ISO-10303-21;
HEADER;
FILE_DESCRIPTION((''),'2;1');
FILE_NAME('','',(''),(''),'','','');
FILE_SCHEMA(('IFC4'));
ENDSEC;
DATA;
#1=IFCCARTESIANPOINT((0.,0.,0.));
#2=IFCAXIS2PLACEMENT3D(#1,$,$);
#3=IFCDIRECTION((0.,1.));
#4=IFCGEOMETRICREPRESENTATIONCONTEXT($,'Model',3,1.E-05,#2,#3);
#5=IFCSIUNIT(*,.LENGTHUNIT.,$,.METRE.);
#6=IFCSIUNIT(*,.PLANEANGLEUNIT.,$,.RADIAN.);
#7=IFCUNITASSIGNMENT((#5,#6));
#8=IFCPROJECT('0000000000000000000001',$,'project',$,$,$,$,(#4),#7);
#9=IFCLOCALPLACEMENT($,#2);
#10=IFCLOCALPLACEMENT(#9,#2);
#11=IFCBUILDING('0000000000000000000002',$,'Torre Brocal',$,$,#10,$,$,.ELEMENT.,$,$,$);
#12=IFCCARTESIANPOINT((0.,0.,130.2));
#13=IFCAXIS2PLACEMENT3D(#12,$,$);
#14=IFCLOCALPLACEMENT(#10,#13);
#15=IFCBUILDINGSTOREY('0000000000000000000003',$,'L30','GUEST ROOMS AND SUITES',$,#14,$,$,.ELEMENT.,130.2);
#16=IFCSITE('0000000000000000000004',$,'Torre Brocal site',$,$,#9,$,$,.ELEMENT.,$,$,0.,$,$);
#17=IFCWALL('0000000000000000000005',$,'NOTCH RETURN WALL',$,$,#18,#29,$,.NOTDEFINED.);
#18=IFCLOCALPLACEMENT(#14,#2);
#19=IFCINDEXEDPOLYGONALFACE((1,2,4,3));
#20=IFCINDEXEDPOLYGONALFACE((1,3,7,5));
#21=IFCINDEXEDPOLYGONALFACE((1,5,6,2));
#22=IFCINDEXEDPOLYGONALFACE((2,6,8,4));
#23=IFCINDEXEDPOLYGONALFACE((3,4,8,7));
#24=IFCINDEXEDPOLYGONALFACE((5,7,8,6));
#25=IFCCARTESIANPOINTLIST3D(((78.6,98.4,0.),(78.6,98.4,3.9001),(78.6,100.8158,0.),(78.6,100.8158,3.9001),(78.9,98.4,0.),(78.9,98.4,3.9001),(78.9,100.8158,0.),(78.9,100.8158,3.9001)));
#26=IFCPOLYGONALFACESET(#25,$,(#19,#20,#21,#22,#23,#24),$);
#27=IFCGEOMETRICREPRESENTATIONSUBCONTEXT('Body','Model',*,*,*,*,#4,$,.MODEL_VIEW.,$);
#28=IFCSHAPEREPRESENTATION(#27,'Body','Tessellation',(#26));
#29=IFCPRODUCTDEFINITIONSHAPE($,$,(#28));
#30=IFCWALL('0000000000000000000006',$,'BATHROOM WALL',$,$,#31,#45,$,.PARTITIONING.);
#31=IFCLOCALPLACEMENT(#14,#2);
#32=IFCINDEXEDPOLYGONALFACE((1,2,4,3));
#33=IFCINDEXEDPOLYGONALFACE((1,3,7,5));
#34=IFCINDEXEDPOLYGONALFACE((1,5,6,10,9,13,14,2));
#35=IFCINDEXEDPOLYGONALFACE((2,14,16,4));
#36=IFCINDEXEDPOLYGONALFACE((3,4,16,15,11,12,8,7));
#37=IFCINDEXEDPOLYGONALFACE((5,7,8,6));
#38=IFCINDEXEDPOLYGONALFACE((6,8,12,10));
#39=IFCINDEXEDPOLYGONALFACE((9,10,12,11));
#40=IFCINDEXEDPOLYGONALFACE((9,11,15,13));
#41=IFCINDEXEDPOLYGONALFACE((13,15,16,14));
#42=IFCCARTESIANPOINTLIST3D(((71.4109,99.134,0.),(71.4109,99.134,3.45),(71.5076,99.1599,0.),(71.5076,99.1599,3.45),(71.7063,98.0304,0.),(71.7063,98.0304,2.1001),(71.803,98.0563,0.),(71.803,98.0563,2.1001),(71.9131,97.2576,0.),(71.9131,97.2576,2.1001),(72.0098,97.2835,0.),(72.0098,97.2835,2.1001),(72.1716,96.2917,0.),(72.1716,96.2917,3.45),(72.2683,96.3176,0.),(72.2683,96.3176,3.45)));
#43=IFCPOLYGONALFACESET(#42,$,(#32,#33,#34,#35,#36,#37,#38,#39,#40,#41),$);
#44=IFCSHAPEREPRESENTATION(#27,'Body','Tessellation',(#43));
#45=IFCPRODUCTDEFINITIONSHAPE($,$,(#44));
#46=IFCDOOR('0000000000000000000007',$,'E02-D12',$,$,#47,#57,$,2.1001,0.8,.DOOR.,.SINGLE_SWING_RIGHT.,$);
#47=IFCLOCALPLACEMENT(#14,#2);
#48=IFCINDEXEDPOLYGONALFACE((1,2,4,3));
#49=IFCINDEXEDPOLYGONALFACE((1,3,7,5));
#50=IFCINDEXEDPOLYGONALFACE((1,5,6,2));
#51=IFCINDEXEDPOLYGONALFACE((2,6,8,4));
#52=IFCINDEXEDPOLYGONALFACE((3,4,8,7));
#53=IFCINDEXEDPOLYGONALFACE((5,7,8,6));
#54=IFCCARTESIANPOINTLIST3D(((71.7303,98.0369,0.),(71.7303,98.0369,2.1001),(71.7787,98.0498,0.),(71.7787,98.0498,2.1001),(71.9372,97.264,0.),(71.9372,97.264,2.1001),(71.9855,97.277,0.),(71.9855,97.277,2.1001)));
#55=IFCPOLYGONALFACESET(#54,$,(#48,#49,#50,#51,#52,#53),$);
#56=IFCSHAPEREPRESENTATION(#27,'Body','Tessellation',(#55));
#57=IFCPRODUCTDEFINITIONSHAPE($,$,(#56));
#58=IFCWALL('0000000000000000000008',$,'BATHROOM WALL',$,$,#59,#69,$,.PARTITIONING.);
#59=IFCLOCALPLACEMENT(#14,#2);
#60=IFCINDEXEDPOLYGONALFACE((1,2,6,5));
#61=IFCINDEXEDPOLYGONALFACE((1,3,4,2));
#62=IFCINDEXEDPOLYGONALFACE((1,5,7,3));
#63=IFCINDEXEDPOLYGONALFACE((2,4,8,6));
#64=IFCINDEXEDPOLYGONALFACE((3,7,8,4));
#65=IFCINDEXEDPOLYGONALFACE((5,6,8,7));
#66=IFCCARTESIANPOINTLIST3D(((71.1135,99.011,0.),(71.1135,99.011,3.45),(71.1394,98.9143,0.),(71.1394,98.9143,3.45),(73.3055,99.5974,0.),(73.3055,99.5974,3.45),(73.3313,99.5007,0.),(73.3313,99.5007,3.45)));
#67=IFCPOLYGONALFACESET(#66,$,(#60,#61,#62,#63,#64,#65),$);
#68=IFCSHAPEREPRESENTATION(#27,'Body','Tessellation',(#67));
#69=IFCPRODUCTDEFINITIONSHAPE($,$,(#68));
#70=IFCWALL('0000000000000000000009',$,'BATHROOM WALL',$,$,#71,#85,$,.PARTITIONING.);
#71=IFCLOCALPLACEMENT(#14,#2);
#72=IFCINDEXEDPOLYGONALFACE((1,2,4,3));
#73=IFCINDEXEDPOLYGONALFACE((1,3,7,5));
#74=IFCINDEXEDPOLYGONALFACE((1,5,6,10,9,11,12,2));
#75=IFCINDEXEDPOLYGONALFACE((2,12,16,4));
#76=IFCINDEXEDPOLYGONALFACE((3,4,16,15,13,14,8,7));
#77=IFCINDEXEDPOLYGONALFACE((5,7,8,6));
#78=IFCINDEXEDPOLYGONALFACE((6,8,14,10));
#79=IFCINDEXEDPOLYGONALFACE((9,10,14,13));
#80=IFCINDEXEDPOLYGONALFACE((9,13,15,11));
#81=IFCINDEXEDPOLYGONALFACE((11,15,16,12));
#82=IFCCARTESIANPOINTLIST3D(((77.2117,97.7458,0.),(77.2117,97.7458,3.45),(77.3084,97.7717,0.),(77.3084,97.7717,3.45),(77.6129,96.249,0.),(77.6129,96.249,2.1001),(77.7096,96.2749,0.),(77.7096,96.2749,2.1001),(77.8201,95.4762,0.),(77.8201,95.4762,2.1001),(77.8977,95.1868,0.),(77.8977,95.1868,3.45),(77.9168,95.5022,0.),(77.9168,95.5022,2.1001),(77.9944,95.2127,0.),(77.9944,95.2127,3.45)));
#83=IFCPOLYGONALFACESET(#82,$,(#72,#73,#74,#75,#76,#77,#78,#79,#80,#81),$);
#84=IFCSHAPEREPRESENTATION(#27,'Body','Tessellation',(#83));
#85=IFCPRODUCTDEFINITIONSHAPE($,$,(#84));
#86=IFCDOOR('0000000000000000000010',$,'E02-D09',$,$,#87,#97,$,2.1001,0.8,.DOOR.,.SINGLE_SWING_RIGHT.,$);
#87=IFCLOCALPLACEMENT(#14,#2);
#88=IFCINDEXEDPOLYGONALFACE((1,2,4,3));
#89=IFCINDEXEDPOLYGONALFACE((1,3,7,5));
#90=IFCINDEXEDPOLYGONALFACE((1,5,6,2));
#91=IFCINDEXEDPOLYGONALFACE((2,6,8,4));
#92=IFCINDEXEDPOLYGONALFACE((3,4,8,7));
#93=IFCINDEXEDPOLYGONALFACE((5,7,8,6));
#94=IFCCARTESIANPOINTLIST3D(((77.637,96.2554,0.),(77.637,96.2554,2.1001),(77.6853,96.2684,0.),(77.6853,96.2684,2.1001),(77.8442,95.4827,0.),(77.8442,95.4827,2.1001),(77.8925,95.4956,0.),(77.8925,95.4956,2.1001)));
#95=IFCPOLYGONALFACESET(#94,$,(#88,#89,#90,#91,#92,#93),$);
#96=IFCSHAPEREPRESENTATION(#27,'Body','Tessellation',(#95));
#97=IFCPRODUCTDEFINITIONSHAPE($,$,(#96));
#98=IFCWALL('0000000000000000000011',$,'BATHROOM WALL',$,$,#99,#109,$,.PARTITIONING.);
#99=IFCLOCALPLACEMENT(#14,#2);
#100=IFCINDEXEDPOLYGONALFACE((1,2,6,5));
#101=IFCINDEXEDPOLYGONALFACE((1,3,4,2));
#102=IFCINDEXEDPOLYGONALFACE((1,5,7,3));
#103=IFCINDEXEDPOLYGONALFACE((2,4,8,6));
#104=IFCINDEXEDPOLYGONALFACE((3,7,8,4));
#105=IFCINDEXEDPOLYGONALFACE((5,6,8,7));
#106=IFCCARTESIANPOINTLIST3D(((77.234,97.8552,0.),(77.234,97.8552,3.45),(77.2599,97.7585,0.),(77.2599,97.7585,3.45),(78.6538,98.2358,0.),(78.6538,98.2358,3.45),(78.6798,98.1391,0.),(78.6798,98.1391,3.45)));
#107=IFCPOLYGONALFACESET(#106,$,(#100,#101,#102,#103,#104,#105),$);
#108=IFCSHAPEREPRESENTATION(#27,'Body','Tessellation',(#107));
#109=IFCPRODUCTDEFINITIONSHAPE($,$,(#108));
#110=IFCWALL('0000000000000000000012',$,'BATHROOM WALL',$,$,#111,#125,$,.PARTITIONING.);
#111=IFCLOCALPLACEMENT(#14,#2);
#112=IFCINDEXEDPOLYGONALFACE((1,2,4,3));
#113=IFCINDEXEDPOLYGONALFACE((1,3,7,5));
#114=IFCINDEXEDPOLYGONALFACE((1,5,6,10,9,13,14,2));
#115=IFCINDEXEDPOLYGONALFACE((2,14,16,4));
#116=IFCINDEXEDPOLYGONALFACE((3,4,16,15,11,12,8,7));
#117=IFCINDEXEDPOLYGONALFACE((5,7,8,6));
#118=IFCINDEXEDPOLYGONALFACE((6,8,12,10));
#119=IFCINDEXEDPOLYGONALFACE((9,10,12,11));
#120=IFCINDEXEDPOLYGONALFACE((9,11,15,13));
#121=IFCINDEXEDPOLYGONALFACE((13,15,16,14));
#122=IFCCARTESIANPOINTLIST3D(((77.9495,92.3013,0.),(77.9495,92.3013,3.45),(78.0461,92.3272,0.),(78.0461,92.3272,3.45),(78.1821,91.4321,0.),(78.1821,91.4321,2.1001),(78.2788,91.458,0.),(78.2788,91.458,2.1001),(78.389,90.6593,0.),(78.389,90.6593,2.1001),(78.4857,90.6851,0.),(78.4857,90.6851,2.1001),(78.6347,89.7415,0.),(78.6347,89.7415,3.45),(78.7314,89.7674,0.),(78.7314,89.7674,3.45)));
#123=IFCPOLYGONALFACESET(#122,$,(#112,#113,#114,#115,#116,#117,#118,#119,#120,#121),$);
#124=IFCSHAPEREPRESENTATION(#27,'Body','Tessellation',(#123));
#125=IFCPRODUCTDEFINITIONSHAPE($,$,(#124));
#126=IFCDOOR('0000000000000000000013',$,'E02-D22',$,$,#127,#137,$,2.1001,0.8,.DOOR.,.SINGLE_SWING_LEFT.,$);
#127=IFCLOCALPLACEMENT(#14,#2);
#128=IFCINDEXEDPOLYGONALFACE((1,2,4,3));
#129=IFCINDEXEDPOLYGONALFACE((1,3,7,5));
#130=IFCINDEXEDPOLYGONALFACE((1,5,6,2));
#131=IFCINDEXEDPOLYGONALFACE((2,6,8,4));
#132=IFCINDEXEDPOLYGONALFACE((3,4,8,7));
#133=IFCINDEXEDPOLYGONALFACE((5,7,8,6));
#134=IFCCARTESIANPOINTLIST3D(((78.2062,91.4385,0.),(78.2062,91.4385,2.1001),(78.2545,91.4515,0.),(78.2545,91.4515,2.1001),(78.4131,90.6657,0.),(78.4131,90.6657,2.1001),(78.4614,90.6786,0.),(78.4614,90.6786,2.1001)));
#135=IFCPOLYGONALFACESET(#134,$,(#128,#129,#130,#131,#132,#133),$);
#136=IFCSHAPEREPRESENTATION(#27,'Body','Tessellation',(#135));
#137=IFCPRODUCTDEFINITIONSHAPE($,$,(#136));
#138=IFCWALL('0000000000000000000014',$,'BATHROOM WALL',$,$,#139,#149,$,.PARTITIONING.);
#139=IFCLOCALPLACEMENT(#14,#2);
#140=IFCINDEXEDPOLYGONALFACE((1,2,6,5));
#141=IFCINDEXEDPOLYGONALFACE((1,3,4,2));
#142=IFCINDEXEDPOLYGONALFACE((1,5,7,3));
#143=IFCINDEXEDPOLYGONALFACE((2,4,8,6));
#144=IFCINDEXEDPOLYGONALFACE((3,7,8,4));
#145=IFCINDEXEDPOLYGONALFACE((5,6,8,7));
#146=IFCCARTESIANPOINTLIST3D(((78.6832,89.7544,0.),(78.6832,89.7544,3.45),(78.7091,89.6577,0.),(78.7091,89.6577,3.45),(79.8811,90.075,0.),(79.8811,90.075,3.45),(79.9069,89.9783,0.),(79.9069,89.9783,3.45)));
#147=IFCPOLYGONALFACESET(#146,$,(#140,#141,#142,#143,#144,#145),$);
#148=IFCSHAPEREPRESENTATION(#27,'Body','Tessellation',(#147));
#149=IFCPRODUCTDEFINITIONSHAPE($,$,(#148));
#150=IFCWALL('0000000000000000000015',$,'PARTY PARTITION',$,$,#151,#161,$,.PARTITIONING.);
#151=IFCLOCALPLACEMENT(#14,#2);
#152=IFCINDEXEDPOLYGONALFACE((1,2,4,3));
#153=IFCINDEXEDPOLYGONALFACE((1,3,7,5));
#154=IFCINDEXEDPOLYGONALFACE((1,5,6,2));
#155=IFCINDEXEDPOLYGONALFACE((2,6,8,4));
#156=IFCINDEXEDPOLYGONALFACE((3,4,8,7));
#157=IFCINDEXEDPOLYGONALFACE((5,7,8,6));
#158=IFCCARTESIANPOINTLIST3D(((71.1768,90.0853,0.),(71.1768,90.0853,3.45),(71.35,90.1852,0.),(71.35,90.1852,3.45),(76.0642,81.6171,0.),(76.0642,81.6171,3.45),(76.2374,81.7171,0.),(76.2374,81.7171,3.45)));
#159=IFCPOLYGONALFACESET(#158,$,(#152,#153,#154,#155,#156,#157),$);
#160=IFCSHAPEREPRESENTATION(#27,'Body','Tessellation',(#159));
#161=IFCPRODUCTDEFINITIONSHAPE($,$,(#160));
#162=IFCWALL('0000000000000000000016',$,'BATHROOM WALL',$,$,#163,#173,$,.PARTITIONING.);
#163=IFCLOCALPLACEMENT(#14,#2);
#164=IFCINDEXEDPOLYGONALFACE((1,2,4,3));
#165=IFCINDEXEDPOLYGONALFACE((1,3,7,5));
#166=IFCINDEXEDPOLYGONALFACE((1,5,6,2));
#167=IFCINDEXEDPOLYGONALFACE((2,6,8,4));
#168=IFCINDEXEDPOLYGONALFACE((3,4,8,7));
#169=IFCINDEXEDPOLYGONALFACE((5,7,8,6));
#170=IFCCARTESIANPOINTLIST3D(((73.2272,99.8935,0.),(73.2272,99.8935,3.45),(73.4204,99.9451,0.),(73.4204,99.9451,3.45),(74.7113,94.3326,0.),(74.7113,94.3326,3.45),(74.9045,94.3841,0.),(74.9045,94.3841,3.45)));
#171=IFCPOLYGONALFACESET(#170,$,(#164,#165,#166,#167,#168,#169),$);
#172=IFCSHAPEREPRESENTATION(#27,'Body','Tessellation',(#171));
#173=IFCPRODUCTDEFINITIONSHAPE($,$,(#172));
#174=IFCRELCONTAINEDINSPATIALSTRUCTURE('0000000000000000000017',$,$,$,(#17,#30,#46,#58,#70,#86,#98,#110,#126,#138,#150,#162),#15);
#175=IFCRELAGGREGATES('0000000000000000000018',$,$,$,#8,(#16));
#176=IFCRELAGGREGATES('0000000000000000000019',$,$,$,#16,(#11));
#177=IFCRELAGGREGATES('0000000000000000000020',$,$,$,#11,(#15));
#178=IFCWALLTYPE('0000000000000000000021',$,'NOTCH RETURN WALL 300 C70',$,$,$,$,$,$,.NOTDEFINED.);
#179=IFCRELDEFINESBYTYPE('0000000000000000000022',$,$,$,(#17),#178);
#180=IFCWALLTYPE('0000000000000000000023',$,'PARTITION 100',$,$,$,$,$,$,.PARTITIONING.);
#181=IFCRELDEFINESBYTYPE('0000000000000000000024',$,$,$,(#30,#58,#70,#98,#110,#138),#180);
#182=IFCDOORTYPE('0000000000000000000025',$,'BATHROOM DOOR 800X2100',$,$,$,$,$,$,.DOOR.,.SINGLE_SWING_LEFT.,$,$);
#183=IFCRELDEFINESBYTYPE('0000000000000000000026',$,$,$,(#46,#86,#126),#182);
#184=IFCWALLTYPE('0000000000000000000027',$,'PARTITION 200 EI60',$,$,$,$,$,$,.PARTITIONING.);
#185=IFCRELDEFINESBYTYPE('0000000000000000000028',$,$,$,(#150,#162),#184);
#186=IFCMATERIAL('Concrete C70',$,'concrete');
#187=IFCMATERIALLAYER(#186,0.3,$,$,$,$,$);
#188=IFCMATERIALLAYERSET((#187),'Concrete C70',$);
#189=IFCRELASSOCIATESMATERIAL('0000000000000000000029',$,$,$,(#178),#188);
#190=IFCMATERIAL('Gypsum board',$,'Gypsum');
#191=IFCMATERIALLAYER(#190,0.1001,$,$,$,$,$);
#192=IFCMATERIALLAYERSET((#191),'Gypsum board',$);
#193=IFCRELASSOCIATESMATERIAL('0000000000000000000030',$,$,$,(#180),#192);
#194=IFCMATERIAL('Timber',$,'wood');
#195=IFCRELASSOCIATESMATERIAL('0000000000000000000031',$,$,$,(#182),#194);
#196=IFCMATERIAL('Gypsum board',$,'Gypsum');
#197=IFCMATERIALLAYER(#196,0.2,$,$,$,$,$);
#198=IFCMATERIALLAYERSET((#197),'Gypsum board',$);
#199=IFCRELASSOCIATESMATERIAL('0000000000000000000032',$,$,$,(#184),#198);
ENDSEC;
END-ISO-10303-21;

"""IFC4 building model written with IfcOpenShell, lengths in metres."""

from ifc_helpers import new_model, si_unit, direction, frame, frame_2d, origin, place, context, subcontext, project, spatial, rectangle, extrude, material, layer, layer_set, type_object, element, fill, save


model = new_model("IFC4")

# Units and contexts
model_context = context("Model", 3, precision=1e-05, world=origin(), true_north=direction((0.0, 1.0)))
body_context = subcontext(model_context, "Body", "Model", "MODEL_VIEW")
ifc_project = project(units=[si_unit("LENGTHUNIT", "METRE"), si_unit("PLANEANGLEUNIT", "RADIAN")], contexts=[model_context])

# Site, building, storey
site_placement = place(None, origin())
site = spatial("IfcSite", under=ifc_project, at=site_placement, Name="Torre Brocal site", CompositionType="ELEMENT", RefElevation=0.0)
building_placement = place(site_placement, origin())
building = spatial("IfcBuilding", under=site, at=building_placement, Name="Torre Brocal", CompositionType="ELEMENT")
storey_placement = place(building_placement, frame((0.0, 0.0, 130.2)))
storey = spatial("IfcBuildingStorey", under=building, at=storey_placement, Name="L30", Description="GUEST ROOMS AND SUITES", CompositionType="ELEMENT", Elevation=130.2)

# Wall
ifc_material_1 = material(Name="Concrete C70", Category="concrete")
ifc_layer_1 = layer(ifc_material_1, 0.3)
ifc_layer_set_1 = layer_set([ifc_layer_1], Name="Concrete C70")
wall_type_1 = type_object("IfcWallType", Name="NOTCH RETURN WALL 300 C70", PredefinedType="NOTDEFINED", material=ifc_layer_set_1)
wall_1_placement = place(storey_placement, frame((78.75, 98.3999, 0.0), z_axis=(0.0, 0.0, 1.0), x_axis=(0.0, 1.0, 0.0)))
element("IfcWall", 1, at=wall_1_placement, inside=storey, type_object=wall_type_1, Name="NOTCH RETURN WALL", PredefinedType="NOTDEFINED", context=body_context, shape_type="SweptSolid", body=[
    extrude(rectangle(XDim=2.4158, YDim=0.3, at=frame_2d((1.208, 0.0))), origin(), (0.0, 0.0, 1.0), 3.9001),
])

# Wall, opening, door
ifc_material_2 = material(Name="Gypsum board", Category="Gypsum")
ifc_layer_2 = layer(ifc_material_2, 0.1001)
ifc_layer_set_2 = layer_set([ifc_layer_2], Name="Gypsum board")
wall_type_2 = type_object("IfcWallType", Name="PARTITION 100", PredefinedType="PARTITIONING", material=ifc_layer_set_2)
wall_2_placement = place(storey_placement, frame((71.4592, 99.147, 0.0), z_axis=(0.0, 0.0, 1.0), x_axis=(0.258551, -0.965998, 0.0)))
wall_2 = element("IfcWall", 2, at=wall_2_placement, inside=storey, type_object=wall_type_2, Name="BATHROOM WALL", PredefinedType="PARTITIONING", context=body_context, shape_type="SweptSolid", body=[
    extrude(rectangle(XDim=2.9424, YDim=0.1001, at=frame_2d((1.4712, 0.0))), origin(), (0.0, 0.0, 1.0), 3.45),
])
opening_1_placement = place(wall_2_placement, frame((1.1426, 0.0, 0.0)))
opening_1 = element("IfcOpeningElement", 3, at=opening_1_placement, cuts=wall_2, PredefinedType="OPENING", context=body_context, shape_type="SweptSolid", body=[
    extrude(rectangle(XDim=0.8, YDim=2.1001, at=frame_2d((0.3999, 1.05))), frame((0.0, 0.0601, 0.0), z_axis=(0.0, -1.0, 0.0), x_axis=(1.0, 0.0, 0.0)), (0.0, 0.0, 1.0), 0.1201),
])
ifc_material_3 = material(Name="Timber", Category="wood")
door_type_1 = type_object("IfcDoorType", Name="BATHROOM DOOR 800X2100", OperationType="SINGLE_SWING_LEFT", PredefinedType="DOOR", material=ifc_material_3)
door_1_placement = place(opening_1_placement, origin())
door_1 = element("IfcDoor", 4, at=door_1_placement, inside=storey, type_object=door_type_1, Name="E02-D12", OperationType="SINGLE_SWING_RIGHT", OverallHeight=2.1001, OverallWidth=0.8, PredefinedType="DOOR", context=body_context, shape_type="SweptSolid", body=[
    extrude(rectangle(XDim=0.8, YDim=2.1001, at=frame_2d((0.3999, 1.05))), frame((0.0, 0.0249, 0.0), z_axis=(0.0, -1.0, 0.0), x_axis=(1.0, 0.0, 0.0)), (0.0, 0.0, 1.0), 0.05),
])
fill(opening_1, door_1)

# Wall
wall_3_placement = place(storey_placement, frame((71.1265, 98.9626, 0.0), z_axis=(0.0, 0.0, 1.0), x_axis=(0.966024, 0.258453, 0.0)))
element("IfcWall", 5, at=wall_3_placement, inside=storey, type_object=wall_type_2, Name="BATHROOM WALL", PredefinedType="PARTITIONING", context=body_context, shape_type="SweptSolid", body=[
    extrude(rectangle(XDim=2.269, YDim=0.1001, at=frame_2d((1.1345, 0.0))), origin(), (0.0, 0.0, 1.0), 3.45),
])

# Wall, opening, door
wall_4_placement = place(storey_placement, frame((77.26, 97.7588, 0.0), z_axis=(0.0, 0.0, 1.0), x_axis=(0.258936, -0.965895, 0.0)))
wall_4 = element("IfcWall", 6, at=wall_4_placement, inside=storey, type_object=wall_type_2, Name="BATHROOM WALL", PredefinedType="PARTITIONING", context=body_context, shape_type="SweptSolid", body=[
    extrude(rectangle(XDim=2.6494, YDim=0.1001, at=frame_2d((1.3247, 0.0))), origin(), (0.0, 0.0, 1.0), 3.45),
])
opening_2_placement = place(wall_4_placement, frame((1.5498, 0.0, 0.0)))
opening_2 = element("IfcOpeningElement", 7, at=opening_2_placement, cuts=wall_4, PredefinedType="OPENING", context=body_context, shape_type="SweptSolid", body=[
    extrude(rectangle(XDim=0.8, YDim=2.1001, at=frame_2d((0.3999, 1.05))), frame((0.0, 0.0601, 0.0), z_axis=(0.0, -1.0, 0.0), x_axis=(1.0, 0.0, 0.0)), (0.0, 0.0, 1.0), 0.1201),
])
door_2_placement = place(opening_2_placement, origin())
door_2 = element("IfcDoor", 8, at=door_2_placement, inside=storey, type_object=door_type_1, Name="E02-D09", OperationType="SINGLE_SWING_RIGHT", OverallHeight=2.1001, OverallWidth=0.8, PredefinedType="DOOR", context=body_context, shape_type="SweptSolid", body=[
    extrude(rectangle(XDim=0.8, YDim=2.1001, at=frame_2d((0.3999, 1.05))), frame((0.0, 0.0249, 0.0), z_axis=(0.0, -1.0, 0.0), x_axis=(1.0, 0.0, 0.0)), (0.0, 0.0, 1.0), 0.05),
])
fill(opening_2, door_2)

# Wall
wall_5_placement = place(storey_placement, frame((77.2471, 97.8069, 0.0), z_axis=(0.0, 0.0, 1.0), x_axis=(0.965901, 0.258913, 0.0)))
element("IfcWall", 9, at=wall_5_placement, inside=storey, type_object=wall_type_2, Name="BATHROOM WALL", PredefinedType="PARTITIONING", context=body_context, shape_type="SweptSolid", body=[
    extrude(rectangle(XDim=1.47, YDim=0.1001, at=frame_2d((0.7349, 0.0))), origin(), (0.0, 0.0, 1.0), 3.45),
])

# Wall, opening, door
wall_6_placement = place(storey_placement, frame((77.9978, 92.3142, 0.0), z_axis=(0.0, 0.0, 1.0), x_axis=(0.258609, -0.965982, 0.0)))
wall_6 = element("IfcWall", 10, at=wall_6_placement, inside=storey, type_object=wall_type_2, Name="BATHROOM WALL", PredefinedType="PARTITIONING", context=body_context, shape_type="SweptSolid", body=[
    extrude(rectangle(XDim=2.6499, YDim=0.1001, at=frame_2d((1.325, 0.0))), origin(), (0.0, 0.0, 1.0), 3.45),
])
opening_3_placement = place(wall_6_placement, frame((0.8999, 0.0, 0.0)))
opening_3 = element("IfcOpeningElement", 11, at=opening_3_placement, cuts=wall_6, PredefinedType="OPENING", context=body_context, shape_type="SweptSolid", body=[
    extrude(rectangle(XDim=0.8, YDim=2.1001, at=frame_2d((0.3999, 1.05))), frame((0.0, 0.0601, 0.0), z_axis=(0.0, -1.0, 0.0), x_axis=(1.0, 0.0, 0.0)), (0.0, 0.0, 1.0), 0.1201),
])
door_3_placement = place(opening_3_placement, origin())
door_3 = element("IfcDoor", 12, at=door_3_placement, inside=storey, type_object=door_type_1, Name="E02-D22", OperationType="SINGLE_SWING_LEFT", OverallHeight=2.1001, OverallWidth=0.8, PredefinedType="DOOR", context=body_context, shape_type="SweptSolid", body=[
    extrude(rectangle(XDim=0.8, YDim=2.1001, at=frame_2d((0.3999, 1.05))), frame((0.0, 0.0249, 0.0), z_axis=(0.0, -1.0, 0.0), x_axis=(1.0, 0.0, 0.0)), (0.0, 0.0, 1.0), 0.05),
])
fill(opening_3, door_3)

# Walls
wall_7_placement = place(storey_placement, frame((78.696, 89.7061, 0.0), z_axis=(0.0, 0.0, 1.0), x_axis=(0.966003, 0.258533, 0.0)))
element("IfcWall", 13, at=wall_7_placement, inside=storey, type_object=wall_type_2, Name="BATHROOM WALL", PredefinedType="PARTITIONING", context=body_context, shape_type="SweptSolid", body=[
    extrude(rectangle(XDim=1.24, YDim=0.1001, at=frame_2d((0.6201, 0.0))), origin(), (0.0, 0.0, 1.0), 3.45),
])
ifc_material_4 = material(Name="Gypsum board", Category="Gypsum")
ifc_layer_3 = layer(ifc_material_4, 0.2)
ifc_layer_set_3 = layer_set([ifc_layer_3], Name="Gypsum board")
wall_type_3 = type_object("IfcWallType", Name="PARTITION 200 EI60", PredefinedType="PARTITIONING", material=ifc_layer_set_3)
wall_8_placement = place(storey_placement, frame((71.2634, 90.1353, 0.0), z_axis=(0.0, 0.0, 1.0), x_axis=(0.499869, -0.866101, 0.0)))
element("IfcWall", 14, at=wall_8_placement, inside=storey, type_object=wall_type_3, Name="PARTY PARTITION", PredefinedType="PARTITIONING", context=body_context, shape_type="SweptSolid", body=[
    extrude(rectangle(XDim=9.7773, YDim=0.2, at=frame_2d((4.8887, 0.0))), origin(), (0.0, 0.0, 1.0), 3.45),
])
wall_9_placement = place(storey_placement, frame((73.3237, 99.9194, 0.0), z_axis=(0.0, 0.0, 1.0), x_axis=(0.257855, -0.966184, 0.0)))
element("IfcWall", 15, at=wall_9_placement, inside=storey, type_object=wall_type_3, Name="BATHROOM WALL", PredefinedType="PARTITIONING", context=body_context, shape_type="SweptSolid", body=[
    extrude(rectangle(XDim=5.7556, YDim=0.2, at=frame_2d((2.8779, 0.0))), origin(), (0.0, 0.0, 1.0), 3.45),
])

save(model, "model.ifc")
